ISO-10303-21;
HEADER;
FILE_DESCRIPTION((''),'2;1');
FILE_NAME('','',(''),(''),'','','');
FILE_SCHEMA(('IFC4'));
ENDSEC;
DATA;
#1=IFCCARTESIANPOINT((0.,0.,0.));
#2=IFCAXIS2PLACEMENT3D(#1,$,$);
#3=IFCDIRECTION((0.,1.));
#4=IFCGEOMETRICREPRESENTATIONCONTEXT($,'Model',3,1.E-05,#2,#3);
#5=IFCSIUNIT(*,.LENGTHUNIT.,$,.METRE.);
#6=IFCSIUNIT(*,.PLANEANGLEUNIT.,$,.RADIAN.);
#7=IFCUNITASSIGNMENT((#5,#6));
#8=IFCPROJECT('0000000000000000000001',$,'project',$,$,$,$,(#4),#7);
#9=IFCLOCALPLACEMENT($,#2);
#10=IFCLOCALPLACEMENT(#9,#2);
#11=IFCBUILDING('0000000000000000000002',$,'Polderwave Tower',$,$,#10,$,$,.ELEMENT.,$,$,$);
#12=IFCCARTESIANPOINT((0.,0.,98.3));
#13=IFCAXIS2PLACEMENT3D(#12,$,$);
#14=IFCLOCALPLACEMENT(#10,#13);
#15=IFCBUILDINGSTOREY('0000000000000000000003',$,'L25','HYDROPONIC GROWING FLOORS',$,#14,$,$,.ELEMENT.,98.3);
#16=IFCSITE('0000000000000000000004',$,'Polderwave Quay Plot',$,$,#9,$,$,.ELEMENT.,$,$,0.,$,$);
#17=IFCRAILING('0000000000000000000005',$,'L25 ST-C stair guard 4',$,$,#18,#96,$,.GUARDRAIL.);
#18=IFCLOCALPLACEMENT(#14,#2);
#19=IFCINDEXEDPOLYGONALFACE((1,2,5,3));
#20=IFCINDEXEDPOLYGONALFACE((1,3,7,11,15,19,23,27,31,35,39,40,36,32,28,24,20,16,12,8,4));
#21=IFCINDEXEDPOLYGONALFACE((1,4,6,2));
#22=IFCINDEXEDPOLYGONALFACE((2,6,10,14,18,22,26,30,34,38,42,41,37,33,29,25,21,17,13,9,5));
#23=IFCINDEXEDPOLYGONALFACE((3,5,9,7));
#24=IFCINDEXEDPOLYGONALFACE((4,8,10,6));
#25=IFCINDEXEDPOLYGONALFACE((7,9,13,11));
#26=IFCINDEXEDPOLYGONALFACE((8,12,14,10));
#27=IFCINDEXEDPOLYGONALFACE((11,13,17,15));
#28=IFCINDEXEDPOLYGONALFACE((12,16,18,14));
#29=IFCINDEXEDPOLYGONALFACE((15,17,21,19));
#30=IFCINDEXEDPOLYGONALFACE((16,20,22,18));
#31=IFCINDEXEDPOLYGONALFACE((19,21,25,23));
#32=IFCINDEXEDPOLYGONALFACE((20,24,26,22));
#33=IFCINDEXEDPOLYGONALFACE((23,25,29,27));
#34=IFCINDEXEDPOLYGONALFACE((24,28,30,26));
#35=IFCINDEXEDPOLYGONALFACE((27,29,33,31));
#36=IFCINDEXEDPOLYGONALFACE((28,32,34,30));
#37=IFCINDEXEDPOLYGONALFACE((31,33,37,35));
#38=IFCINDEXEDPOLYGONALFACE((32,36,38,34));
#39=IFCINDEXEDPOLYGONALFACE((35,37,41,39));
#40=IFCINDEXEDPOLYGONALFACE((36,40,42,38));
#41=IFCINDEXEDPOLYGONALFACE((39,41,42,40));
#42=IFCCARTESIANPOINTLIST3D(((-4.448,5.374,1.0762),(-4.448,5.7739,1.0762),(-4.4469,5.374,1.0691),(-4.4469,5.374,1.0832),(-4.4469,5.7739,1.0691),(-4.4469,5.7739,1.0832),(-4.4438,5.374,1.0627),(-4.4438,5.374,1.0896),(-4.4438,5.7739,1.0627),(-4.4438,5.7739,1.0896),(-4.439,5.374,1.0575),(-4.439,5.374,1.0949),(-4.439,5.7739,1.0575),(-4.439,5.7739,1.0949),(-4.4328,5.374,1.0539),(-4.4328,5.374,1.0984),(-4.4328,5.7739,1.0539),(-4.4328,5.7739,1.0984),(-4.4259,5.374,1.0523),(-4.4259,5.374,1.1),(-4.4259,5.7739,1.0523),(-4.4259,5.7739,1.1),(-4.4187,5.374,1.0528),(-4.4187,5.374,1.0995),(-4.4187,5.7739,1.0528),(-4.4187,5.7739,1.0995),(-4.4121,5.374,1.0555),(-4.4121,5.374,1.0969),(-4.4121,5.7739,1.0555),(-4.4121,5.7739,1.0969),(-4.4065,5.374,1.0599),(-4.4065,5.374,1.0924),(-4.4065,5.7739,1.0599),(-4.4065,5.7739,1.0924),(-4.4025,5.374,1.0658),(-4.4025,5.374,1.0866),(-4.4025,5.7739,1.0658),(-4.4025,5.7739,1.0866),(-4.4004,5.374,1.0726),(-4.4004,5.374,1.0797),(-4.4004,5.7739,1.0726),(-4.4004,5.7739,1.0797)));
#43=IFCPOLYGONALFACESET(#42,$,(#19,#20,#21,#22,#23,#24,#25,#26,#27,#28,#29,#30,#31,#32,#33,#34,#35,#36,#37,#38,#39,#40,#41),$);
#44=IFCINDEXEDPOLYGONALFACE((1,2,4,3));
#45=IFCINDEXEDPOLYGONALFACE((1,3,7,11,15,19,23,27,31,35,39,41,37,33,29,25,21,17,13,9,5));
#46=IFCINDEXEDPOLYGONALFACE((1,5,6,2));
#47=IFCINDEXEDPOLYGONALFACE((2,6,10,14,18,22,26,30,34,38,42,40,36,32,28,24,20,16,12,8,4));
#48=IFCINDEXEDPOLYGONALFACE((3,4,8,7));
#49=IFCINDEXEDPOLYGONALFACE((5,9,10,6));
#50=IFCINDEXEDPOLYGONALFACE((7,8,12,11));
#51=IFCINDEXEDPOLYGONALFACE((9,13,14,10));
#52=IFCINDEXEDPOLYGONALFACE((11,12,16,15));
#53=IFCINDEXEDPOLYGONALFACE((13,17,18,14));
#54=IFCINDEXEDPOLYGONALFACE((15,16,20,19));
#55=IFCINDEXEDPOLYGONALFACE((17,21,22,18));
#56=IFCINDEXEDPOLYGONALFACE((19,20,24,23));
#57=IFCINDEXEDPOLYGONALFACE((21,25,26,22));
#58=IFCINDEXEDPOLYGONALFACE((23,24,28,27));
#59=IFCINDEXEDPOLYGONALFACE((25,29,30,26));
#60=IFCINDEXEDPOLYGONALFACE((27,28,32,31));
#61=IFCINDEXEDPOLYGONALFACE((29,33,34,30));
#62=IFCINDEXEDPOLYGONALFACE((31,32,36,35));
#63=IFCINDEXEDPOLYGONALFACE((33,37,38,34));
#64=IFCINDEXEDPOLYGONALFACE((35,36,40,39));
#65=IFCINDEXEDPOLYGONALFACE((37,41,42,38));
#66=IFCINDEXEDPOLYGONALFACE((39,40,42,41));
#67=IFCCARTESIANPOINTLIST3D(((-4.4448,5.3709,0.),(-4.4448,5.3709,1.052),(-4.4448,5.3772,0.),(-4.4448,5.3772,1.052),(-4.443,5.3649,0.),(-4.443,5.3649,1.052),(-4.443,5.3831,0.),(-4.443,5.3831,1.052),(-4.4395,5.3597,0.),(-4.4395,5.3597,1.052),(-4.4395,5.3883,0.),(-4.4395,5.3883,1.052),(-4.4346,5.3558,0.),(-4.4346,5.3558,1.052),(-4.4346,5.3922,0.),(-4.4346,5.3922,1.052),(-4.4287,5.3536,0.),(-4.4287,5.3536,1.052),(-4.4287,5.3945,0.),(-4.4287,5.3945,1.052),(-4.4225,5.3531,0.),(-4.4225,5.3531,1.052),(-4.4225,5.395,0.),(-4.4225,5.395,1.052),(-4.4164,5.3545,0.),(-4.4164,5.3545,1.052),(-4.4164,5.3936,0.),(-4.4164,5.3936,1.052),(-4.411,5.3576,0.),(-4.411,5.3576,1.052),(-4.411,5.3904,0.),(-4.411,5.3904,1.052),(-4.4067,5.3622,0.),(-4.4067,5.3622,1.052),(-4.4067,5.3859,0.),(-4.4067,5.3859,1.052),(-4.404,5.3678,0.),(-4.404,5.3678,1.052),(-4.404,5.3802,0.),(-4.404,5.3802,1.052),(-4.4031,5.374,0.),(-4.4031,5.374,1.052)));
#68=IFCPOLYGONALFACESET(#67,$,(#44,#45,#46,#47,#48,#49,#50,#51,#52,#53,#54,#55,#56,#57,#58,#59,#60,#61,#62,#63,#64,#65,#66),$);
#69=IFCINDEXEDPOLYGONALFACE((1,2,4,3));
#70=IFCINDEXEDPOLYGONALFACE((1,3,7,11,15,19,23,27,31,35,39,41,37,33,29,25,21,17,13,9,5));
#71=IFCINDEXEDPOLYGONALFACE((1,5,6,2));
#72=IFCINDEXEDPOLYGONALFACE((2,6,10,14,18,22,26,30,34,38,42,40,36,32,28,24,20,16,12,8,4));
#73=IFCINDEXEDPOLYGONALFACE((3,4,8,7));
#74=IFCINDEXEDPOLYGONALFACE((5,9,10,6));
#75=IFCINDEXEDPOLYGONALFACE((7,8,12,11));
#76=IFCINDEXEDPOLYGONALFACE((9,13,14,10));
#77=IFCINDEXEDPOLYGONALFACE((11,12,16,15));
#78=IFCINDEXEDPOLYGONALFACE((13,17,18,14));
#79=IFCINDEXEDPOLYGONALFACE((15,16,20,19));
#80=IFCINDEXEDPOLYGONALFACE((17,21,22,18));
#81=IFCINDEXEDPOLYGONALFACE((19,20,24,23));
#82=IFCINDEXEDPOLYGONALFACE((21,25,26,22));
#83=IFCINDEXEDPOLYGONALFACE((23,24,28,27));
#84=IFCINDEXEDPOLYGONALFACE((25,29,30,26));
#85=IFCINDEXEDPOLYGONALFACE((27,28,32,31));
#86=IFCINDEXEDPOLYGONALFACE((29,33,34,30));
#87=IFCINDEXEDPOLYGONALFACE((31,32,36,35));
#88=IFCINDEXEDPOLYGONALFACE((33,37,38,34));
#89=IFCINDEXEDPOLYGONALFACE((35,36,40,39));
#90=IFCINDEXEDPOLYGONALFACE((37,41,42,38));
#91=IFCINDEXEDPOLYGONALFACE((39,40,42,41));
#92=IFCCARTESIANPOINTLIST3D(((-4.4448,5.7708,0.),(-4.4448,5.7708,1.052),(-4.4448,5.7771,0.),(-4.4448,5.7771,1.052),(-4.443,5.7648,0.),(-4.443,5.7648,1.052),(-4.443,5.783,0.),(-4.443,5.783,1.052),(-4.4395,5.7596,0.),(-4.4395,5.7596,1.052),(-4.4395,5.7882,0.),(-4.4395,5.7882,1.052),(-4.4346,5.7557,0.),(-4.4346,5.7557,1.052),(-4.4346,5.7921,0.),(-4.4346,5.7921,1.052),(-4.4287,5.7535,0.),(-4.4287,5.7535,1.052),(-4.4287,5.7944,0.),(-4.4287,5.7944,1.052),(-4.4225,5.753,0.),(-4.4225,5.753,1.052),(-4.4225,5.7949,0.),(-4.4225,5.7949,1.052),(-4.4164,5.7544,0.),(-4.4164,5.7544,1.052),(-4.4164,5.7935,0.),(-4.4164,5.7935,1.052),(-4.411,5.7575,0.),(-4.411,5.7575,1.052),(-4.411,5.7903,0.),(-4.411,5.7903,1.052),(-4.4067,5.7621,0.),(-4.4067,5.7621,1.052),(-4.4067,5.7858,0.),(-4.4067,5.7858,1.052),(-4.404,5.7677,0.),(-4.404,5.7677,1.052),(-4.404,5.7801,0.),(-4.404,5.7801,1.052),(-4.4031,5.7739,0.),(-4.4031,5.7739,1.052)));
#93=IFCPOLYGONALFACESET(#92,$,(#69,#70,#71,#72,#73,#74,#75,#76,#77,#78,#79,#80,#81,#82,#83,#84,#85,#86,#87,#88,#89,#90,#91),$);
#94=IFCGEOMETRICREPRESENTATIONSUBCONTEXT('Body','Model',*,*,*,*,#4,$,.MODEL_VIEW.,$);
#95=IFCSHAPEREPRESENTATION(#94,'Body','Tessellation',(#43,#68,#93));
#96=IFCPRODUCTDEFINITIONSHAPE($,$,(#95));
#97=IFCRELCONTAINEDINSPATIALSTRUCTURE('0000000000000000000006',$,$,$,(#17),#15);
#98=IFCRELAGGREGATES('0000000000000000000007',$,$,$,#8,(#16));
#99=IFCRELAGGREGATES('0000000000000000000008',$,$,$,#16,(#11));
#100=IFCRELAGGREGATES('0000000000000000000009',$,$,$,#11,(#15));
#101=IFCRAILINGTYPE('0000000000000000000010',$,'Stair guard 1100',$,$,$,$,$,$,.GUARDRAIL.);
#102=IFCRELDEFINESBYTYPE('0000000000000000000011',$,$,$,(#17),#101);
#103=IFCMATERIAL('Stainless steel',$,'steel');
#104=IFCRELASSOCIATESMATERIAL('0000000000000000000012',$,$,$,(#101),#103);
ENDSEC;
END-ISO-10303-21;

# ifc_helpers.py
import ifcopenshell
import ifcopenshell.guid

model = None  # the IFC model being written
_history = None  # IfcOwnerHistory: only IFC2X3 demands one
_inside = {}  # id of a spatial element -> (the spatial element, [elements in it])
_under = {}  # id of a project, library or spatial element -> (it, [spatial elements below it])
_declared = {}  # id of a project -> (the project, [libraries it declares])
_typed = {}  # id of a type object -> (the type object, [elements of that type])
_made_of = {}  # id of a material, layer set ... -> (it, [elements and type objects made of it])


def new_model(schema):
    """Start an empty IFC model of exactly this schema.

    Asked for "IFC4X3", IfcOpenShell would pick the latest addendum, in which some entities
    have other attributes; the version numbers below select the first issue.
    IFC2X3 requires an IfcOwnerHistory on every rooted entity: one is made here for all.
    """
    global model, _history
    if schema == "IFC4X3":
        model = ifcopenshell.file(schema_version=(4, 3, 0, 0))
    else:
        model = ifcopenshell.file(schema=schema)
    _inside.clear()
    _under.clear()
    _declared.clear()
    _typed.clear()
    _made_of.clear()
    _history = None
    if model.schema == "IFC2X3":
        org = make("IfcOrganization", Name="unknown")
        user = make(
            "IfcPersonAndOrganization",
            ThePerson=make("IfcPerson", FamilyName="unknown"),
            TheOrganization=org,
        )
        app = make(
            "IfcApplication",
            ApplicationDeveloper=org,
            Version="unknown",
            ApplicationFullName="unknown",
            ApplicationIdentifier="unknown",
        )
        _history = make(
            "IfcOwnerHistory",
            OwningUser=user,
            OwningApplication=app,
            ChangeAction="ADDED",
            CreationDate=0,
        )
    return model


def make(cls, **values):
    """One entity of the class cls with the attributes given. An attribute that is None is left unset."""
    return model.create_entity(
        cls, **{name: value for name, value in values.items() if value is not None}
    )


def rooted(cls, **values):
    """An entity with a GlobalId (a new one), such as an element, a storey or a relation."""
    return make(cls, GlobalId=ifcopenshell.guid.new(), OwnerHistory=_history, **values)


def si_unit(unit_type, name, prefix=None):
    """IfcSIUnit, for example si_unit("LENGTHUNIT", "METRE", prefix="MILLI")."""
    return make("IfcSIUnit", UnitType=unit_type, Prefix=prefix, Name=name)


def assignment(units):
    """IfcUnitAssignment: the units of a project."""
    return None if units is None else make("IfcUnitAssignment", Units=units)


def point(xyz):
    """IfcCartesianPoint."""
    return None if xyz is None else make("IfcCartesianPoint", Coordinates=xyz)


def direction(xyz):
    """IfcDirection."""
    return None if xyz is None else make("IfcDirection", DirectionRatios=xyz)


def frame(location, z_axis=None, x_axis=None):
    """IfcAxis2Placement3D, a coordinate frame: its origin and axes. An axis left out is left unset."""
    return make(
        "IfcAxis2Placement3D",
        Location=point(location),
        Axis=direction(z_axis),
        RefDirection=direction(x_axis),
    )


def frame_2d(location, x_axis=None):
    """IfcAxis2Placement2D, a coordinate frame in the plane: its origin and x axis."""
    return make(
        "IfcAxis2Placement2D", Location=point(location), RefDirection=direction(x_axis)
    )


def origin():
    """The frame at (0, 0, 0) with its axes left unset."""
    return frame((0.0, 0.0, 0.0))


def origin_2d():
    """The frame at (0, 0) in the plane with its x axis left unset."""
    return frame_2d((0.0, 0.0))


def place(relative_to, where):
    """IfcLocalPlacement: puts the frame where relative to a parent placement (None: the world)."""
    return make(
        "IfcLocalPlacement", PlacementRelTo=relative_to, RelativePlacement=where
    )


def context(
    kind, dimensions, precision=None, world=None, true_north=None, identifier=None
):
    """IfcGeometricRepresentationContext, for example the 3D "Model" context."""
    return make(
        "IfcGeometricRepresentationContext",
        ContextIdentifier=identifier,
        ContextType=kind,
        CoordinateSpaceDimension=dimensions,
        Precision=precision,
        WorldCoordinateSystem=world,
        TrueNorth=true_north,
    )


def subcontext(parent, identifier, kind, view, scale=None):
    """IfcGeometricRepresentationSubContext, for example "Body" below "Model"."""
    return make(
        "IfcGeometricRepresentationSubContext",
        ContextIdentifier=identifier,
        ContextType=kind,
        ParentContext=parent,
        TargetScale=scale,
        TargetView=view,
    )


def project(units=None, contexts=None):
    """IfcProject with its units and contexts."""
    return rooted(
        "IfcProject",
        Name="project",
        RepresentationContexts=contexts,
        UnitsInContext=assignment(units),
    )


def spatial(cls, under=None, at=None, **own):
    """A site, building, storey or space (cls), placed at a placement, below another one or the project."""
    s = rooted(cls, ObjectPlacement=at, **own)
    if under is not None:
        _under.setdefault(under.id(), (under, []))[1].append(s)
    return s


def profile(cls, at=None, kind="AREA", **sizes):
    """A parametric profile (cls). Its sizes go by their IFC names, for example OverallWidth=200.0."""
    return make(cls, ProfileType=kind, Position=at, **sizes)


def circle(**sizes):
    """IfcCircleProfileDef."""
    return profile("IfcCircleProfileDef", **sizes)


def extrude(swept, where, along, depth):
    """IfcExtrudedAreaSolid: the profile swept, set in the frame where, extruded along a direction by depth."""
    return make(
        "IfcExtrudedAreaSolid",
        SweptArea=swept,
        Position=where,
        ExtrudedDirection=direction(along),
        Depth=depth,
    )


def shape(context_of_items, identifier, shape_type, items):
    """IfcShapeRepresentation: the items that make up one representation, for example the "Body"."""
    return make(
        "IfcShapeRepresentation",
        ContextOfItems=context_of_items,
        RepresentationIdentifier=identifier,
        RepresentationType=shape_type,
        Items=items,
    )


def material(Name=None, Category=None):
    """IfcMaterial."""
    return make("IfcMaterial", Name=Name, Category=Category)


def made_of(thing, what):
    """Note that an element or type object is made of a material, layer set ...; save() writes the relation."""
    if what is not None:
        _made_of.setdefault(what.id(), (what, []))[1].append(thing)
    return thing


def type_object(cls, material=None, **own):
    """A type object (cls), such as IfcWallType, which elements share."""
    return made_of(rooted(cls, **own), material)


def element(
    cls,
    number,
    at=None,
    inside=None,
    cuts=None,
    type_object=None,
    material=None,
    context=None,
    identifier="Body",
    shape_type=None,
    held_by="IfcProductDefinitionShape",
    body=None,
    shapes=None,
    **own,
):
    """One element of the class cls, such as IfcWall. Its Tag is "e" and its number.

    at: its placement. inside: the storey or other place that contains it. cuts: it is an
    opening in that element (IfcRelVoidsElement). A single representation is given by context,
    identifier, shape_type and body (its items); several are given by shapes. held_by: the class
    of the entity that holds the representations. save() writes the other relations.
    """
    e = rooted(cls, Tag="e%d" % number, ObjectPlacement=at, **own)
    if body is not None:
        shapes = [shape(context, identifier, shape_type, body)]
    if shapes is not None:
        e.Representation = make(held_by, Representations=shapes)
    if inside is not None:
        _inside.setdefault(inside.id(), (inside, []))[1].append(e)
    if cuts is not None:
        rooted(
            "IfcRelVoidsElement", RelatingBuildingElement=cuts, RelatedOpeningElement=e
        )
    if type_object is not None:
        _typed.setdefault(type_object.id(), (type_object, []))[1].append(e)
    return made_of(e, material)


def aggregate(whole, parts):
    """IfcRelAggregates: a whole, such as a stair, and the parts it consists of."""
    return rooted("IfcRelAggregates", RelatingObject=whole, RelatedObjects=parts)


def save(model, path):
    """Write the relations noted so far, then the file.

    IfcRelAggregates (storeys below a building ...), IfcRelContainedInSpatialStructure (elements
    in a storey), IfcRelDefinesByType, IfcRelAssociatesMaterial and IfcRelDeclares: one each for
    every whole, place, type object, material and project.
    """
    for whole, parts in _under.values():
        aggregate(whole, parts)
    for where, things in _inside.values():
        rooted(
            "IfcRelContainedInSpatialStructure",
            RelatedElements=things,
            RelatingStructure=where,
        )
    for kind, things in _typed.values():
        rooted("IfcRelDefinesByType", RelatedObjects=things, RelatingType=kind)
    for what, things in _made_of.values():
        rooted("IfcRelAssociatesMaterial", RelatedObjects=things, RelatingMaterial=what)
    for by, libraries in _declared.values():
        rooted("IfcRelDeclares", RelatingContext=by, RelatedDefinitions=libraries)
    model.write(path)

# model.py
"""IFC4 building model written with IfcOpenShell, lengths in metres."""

from ifc_helpers import new_model, si_unit, direction, frame, origin, origin_2d, place, context, subcontext, project, spatial, circle, extrude, material, type_object, element, save


model = new_model("IFC4")

# Units and contexts
model_context = context("Model", 3, precision=1e-05, world=origin(), true_north=direction((0.0, 1.0)))
body_context = subcontext(model_context, "Body", "Model", "MODEL_VIEW")
ifc_project = project(units=[si_unit("LENGTHUNIT", "METRE"), si_unit("PLANEANGLEUNIT", "RADIAN")], contexts=[model_context])

# Site, building, storey
site_placement = place(None, origin())
site = spatial("IfcSite", under=ifc_project, at=site_placement, Name="Polderwave Quay Plot", CompositionType="ELEMENT", RefElevation=0.0)
building_placement = place(site_placement, origin())
building = spatial("IfcBuilding", under=site, at=building_placement, Name="Polderwave Tower", CompositionType="ELEMENT")
storey_placement = place(building_placement, frame((0.0, 0.0, 98.3)))
storey = spatial("IfcBuildingStorey", under=building, at=storey_placement, Name="L25", Description="HYDROPONIC GROWING FLOORS", CompositionType="ELEMENT", Elevation=98.3)

# Railing
ifc_material_1 = material(Name="Stainless steel", Category="steel")
railing_type_1 = type_object("IfcRailingType", Name="Stair guard 1100", PredefinedType="GUARDRAIL", material=ifc_material_1)
railing_1_placement = place(storey_placement, frame((-4.4241, 5.374, 0.0)))
element("IfcRailing", 1, at=railing_1_placement, inside=storey, type_object=railing_type_1, Name="L25 ST-C stair guard 4", PredefinedType="GUARDRAIL", context=body_context, shape_type="SweptSolid", body=[
    extrude(circle(Radius=0.0239, at=origin_2d()), frame((0.0, 0.0, 1.0762), z_axis=(0.0, 1.0, 0.0), x_axis=(-1.0, 0.0, 0.0)), (0.0, 0.0, 1.0), 0.3999),
    extrude(circle(Radius=0.021, at=origin_2d()), origin(), (0.0, 0.0, 1.0), 1.052),
    extrude(circle(Radius=0.021, at=origin_2d()), frame((0.0, 0.3999, 0.0)), (0.0, 0.0, 1.0), 1.052),
])

save(model, "model.ifc")
